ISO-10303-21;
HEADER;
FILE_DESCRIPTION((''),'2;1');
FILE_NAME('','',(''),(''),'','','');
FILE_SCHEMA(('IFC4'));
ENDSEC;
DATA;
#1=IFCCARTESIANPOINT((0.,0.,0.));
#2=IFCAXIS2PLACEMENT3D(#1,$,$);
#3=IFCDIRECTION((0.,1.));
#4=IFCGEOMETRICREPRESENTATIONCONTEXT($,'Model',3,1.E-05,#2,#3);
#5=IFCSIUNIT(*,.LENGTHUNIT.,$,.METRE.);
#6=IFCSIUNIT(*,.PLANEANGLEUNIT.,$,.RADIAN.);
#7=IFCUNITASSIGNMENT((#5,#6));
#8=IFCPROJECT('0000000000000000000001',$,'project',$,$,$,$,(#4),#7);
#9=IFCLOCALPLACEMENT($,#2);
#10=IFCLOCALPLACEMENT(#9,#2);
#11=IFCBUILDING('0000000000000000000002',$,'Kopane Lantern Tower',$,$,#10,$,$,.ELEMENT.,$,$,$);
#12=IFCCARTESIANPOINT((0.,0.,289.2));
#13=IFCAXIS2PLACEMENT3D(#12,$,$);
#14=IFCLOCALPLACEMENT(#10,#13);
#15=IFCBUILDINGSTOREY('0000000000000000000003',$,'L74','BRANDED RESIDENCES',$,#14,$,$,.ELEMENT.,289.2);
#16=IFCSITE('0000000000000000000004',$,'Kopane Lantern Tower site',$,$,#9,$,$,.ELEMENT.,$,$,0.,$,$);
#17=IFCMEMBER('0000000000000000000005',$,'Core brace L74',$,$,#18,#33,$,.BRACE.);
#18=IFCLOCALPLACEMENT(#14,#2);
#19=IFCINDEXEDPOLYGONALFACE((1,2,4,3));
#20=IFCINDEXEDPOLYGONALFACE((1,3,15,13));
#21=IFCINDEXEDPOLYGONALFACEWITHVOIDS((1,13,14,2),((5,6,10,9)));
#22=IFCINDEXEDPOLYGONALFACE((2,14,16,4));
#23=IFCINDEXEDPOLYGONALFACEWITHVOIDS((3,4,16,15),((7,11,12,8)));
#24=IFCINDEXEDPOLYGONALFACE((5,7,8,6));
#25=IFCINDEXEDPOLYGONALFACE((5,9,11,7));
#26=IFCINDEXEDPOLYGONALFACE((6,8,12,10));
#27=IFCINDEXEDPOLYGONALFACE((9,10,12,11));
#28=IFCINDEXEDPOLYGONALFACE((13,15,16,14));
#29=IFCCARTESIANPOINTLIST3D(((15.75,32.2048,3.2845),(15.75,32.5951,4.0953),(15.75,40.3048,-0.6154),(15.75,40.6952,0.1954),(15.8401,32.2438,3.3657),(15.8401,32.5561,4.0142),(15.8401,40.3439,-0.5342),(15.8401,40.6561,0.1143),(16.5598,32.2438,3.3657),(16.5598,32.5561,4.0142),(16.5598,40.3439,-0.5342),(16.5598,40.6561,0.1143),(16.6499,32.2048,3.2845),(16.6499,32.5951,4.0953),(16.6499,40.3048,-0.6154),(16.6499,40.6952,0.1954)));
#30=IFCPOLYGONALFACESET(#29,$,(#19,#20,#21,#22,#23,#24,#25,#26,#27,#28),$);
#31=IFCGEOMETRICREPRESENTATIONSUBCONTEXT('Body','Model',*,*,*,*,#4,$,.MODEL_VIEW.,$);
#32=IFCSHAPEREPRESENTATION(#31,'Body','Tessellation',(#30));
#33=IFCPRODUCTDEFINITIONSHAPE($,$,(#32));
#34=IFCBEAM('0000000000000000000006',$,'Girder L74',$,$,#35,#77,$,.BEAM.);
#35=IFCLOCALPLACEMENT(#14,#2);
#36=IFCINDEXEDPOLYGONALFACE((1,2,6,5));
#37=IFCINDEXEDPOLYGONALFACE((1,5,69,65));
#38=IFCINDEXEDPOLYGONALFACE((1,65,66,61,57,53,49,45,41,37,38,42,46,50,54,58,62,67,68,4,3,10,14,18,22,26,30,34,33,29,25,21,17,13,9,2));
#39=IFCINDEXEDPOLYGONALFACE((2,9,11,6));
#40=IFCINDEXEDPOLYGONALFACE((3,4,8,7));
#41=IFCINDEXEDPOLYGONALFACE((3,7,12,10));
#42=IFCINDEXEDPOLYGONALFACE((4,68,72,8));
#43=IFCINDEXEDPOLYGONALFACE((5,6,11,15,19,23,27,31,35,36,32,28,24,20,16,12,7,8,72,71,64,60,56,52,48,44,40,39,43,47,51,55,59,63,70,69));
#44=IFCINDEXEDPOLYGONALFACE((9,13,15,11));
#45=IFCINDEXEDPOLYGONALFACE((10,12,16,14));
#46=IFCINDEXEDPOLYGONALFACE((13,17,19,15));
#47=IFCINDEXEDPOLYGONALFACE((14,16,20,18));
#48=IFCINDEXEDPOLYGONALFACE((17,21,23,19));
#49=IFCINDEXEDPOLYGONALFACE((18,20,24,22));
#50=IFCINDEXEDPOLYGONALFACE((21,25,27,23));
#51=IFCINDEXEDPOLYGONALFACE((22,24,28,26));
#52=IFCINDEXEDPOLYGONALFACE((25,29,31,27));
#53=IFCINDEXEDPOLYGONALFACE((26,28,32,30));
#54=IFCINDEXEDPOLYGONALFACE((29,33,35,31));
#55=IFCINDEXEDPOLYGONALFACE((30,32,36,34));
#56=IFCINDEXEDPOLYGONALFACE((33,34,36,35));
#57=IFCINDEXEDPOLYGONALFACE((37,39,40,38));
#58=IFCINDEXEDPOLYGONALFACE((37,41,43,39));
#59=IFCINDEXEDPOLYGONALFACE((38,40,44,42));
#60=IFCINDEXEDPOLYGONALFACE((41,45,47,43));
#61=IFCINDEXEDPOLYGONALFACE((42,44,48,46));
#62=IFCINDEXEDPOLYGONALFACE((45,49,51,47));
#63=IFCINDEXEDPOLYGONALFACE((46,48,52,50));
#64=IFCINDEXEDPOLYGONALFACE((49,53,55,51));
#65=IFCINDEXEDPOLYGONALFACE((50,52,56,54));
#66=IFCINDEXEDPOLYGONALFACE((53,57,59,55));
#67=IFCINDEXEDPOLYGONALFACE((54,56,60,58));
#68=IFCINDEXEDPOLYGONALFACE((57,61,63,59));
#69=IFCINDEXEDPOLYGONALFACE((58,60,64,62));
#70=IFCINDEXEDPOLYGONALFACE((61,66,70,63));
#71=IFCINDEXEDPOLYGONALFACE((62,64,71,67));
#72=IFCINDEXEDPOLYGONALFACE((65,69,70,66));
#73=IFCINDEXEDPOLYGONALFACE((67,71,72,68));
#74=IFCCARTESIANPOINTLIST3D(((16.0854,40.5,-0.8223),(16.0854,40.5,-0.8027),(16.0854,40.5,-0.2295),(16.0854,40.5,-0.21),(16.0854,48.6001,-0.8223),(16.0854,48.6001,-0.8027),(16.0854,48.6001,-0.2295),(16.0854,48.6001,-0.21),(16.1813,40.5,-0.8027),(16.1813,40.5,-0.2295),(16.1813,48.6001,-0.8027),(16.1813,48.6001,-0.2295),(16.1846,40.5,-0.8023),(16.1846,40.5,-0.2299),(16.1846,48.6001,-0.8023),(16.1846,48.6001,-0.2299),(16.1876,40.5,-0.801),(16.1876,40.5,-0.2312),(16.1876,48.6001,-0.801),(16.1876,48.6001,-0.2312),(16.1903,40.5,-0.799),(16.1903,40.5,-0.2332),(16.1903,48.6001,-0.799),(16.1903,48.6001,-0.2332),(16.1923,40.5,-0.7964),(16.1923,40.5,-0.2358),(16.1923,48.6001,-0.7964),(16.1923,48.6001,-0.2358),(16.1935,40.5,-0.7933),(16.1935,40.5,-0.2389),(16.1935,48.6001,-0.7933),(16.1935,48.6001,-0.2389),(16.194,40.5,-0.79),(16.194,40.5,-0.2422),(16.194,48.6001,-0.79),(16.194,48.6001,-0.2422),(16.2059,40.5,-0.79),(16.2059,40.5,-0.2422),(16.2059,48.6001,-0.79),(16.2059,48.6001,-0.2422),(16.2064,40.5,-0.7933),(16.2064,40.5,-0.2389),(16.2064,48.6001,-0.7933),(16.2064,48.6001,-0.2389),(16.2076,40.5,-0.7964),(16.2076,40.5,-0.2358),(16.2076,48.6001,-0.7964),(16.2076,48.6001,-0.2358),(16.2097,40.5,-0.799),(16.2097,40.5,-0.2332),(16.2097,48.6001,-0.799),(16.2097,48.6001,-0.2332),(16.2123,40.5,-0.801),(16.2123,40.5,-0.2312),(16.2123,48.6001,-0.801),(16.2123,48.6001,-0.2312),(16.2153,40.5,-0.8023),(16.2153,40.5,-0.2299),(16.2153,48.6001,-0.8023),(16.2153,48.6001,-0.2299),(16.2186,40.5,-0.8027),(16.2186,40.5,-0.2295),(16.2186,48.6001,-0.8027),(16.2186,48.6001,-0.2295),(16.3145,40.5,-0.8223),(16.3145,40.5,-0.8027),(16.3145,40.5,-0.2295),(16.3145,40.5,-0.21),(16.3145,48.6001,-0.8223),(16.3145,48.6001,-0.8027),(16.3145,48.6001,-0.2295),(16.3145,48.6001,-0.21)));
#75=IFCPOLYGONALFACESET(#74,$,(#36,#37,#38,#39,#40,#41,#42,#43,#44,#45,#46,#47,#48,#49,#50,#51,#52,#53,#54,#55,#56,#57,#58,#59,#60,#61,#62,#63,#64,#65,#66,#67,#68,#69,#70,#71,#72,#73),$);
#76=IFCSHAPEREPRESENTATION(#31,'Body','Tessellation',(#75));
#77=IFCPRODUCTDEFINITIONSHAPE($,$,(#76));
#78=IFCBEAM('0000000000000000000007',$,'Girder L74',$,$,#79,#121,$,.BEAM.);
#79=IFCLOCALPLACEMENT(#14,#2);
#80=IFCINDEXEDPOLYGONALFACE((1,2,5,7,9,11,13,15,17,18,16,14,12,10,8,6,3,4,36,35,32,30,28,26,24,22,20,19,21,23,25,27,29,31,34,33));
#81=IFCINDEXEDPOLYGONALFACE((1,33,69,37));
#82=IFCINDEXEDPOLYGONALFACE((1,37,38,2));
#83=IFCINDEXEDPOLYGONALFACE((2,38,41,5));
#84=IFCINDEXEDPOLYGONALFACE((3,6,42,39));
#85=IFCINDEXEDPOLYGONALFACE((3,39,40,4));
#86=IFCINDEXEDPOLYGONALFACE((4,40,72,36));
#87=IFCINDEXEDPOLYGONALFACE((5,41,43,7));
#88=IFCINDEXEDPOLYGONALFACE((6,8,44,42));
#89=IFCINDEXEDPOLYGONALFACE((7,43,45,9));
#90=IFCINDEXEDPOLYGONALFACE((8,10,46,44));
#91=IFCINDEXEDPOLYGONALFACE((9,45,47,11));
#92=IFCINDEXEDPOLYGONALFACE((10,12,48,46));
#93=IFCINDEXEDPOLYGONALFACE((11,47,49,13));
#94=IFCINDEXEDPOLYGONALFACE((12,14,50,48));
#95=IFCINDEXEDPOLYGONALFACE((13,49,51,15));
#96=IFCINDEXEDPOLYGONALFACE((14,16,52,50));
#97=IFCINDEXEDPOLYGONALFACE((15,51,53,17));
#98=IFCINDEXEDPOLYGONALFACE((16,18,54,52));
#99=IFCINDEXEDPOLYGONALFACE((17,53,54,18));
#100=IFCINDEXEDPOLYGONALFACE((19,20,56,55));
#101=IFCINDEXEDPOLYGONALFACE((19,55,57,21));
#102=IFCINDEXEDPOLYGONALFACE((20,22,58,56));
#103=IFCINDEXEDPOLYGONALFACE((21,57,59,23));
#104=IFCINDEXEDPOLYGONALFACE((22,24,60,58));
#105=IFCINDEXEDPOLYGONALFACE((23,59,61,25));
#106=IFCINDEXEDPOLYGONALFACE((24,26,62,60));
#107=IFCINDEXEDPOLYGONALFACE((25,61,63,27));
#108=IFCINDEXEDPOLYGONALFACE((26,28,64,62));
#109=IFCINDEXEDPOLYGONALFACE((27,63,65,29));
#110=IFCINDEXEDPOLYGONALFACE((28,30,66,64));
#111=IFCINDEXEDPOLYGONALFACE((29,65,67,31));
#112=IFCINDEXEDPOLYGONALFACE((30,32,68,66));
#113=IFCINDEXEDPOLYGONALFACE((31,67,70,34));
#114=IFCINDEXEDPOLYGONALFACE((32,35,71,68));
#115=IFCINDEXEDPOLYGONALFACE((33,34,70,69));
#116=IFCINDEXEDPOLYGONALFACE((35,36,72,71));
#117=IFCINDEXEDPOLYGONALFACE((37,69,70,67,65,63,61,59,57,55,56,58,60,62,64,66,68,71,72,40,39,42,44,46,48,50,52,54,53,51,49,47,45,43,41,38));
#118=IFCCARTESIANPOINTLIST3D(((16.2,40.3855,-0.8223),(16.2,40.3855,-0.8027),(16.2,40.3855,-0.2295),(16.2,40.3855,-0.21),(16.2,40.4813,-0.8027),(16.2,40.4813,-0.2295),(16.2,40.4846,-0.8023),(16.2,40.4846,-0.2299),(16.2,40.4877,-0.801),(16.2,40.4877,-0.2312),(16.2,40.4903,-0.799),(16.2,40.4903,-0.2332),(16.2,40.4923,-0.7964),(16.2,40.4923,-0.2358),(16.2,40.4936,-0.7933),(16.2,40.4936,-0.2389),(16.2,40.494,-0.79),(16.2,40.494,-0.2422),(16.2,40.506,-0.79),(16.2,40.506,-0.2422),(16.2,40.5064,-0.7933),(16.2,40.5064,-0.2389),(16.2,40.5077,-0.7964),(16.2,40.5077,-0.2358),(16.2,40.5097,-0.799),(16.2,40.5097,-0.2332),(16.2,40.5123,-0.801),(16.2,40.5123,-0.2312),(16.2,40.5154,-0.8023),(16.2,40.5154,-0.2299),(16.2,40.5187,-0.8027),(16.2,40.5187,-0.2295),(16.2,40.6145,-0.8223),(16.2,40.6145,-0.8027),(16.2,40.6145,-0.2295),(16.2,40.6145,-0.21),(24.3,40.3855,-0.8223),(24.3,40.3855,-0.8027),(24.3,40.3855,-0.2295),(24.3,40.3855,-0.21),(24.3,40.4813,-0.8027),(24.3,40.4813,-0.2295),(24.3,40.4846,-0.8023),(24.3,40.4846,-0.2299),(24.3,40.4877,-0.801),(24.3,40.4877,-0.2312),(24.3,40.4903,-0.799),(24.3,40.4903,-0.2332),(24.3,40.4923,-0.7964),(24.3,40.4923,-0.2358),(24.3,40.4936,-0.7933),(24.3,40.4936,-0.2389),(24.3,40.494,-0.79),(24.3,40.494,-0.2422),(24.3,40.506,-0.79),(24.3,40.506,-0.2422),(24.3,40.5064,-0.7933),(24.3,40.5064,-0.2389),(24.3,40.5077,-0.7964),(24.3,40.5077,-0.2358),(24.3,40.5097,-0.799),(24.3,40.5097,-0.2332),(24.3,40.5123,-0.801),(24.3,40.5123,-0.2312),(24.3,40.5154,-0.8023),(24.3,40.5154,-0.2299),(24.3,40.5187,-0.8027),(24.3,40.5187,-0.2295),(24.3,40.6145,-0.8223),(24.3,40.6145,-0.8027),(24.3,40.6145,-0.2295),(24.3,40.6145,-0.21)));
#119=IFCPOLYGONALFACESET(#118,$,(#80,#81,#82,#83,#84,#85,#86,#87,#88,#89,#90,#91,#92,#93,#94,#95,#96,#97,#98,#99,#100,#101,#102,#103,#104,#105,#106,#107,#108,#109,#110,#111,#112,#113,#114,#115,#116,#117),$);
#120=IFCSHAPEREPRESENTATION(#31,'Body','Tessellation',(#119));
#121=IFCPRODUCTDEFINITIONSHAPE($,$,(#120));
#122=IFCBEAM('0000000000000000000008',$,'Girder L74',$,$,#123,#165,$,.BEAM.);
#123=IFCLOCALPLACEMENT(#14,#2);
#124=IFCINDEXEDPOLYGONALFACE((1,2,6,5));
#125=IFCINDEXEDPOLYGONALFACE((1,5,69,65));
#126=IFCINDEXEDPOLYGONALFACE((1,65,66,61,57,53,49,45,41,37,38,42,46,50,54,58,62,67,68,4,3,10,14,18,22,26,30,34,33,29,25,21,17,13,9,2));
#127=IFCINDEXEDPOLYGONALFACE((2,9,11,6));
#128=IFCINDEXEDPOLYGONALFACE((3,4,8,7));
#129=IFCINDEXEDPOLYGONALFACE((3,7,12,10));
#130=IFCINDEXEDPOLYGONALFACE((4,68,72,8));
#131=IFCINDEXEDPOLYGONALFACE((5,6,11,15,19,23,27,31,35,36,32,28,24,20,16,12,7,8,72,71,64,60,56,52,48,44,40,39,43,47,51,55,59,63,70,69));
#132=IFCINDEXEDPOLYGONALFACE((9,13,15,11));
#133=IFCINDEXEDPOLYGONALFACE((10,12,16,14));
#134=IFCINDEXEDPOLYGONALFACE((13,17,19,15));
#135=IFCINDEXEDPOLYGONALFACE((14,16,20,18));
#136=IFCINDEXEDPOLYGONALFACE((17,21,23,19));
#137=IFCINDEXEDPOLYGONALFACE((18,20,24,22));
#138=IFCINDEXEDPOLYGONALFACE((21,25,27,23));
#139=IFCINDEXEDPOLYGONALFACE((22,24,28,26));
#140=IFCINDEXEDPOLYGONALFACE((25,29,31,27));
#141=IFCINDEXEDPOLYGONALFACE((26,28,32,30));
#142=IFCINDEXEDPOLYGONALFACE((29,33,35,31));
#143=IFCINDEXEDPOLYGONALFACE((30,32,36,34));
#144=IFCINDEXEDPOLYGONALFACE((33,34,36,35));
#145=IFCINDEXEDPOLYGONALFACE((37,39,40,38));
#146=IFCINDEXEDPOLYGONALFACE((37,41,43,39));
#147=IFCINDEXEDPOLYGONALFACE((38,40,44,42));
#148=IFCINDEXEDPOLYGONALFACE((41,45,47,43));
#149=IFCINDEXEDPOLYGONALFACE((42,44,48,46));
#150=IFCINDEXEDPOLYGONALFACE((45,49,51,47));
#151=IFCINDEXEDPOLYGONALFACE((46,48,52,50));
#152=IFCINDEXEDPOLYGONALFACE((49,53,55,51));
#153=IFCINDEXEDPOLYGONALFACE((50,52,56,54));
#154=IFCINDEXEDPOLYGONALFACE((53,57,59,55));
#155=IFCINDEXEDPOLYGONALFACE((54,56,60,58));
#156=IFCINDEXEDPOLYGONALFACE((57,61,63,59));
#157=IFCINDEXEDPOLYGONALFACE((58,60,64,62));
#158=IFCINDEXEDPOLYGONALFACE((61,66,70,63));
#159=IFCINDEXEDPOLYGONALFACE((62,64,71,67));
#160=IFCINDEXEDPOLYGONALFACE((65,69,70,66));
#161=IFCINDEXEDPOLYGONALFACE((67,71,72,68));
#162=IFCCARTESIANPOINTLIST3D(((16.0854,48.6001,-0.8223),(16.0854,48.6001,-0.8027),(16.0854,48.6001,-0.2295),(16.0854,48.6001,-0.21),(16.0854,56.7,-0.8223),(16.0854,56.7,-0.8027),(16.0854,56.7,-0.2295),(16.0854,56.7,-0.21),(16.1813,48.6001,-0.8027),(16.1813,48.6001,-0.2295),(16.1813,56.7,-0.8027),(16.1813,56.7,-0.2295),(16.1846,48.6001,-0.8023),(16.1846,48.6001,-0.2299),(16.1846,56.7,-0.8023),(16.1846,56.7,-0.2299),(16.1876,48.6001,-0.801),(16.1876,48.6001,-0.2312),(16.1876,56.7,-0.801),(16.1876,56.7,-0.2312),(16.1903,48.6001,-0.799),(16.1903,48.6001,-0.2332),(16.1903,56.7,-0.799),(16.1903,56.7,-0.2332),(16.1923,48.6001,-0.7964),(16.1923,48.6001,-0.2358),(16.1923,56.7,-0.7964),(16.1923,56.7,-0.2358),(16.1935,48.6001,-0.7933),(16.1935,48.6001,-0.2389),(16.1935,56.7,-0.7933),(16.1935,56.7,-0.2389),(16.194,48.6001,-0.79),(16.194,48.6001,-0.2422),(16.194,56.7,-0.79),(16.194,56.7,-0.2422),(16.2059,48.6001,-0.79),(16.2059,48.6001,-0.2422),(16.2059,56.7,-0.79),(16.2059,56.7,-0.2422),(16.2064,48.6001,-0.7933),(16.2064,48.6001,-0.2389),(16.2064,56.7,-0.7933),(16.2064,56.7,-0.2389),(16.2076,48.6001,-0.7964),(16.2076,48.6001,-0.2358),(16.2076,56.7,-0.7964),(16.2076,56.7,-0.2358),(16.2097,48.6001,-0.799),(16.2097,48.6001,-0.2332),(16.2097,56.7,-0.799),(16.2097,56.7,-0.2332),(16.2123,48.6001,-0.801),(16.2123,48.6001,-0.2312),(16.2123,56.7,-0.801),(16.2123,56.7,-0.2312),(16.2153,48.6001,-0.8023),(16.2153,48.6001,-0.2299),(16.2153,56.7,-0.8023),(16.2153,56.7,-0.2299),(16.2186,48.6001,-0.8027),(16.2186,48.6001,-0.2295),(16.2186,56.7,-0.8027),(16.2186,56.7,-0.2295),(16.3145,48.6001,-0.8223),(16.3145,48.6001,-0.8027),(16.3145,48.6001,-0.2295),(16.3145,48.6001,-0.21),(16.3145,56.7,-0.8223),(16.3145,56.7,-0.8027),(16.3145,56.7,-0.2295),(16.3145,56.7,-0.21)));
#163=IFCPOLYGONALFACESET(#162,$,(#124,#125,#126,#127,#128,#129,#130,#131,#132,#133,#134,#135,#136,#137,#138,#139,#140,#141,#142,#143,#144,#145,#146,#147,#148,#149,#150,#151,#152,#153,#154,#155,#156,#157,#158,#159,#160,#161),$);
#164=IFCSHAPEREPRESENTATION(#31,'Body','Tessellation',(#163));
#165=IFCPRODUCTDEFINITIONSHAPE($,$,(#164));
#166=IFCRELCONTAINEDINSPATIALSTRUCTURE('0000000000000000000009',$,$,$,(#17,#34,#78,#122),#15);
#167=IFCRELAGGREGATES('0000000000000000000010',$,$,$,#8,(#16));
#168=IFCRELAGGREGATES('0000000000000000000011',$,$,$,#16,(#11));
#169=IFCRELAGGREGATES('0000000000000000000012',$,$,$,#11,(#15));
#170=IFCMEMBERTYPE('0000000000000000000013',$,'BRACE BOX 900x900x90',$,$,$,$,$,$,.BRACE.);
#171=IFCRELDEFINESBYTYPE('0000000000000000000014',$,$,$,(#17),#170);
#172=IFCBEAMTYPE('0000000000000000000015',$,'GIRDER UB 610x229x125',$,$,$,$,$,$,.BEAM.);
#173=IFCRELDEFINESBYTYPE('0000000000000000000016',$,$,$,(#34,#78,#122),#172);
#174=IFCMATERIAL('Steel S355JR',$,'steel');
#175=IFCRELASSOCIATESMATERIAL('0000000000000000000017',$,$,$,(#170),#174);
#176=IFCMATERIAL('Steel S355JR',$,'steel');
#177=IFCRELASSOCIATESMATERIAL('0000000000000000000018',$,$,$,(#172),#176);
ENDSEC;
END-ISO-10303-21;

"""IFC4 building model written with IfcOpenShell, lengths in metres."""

from ifc_helpers import new_model, si_unit, direction, frame, origin, origin_2d, place, context, subcontext, project, spatial, hollow_rectangle, i_section, extrude, material, material_profile, profile_set, type_object, element, save


model = new_model("IFC4")

# Units and contexts
model_context = context("Model", 3, precision=1e-05, world=origin(), true_north=direction((0.0, 1.0)))
body_context = subcontext(model_context, "Body", "Model", "MODEL_VIEW")
ifc_project = project(units=[si_unit("LENGTHUNIT", "METRE"), si_unit("PLANEANGLEUNIT", "RADIAN")], contexts=[model_context])

# Site, building, storey
site_placement = place(None, origin())
site = spatial("IfcSite", under=ifc_project, at=site_placement, Name="Kopane Lantern Tower site", CompositionType="ELEMENT", RefElevation=0.0)
building_placement = place(site_placement, origin())
building = spatial("IfcBuilding", under=site, at=building_placement, Name="Kopane Lantern Tower", CompositionType="ELEMENT")
storey_placement = place(building_placement, frame((0.0, 0.0, 289.2)))
storey = spatial("IfcBuildingStorey", under=building, at=storey_placement, Name="L74", Description="BRANDED RESIDENCES", CompositionType="ELEMENT", Elevation=289.2)

# Member
ifc_material_1 = material(Name="Steel S355JR", Category="steel")
ifc_material_profile_1 = material_profile(ifc_material_1, hollow_rectangle(XDim=0.8999, YDim=0.8999, WallThickness=0.0901, at=origin_2d()), Name="BOX 900x900x90")
ifc_profile_set_1 = profile_set([ifc_material_profile_1], Name="Steel S355JR")
member_type_1 = type_object("IfcMemberType", Name="BRACE BOX 900x900x90", PredefinedType="BRACE", material=ifc_profile_set_1)
member_1_placement = place(storey_placement, frame((16.2, 40.5, -0.21), z_axis=(0.0, -0.901008, 0.433803), x_axis=(1.0, 0.0, 0.0)))
element("IfcMember", 1, at=member_1_placement, inside=storey, type_object=member_type_1, Name="Core brace L74", PredefinedType="BRACE", context=body_context, shape_type="SweptSolid", body=[
    extrude(hollow_rectangle(XDim=0.8999, YDim=0.8999, WallThickness=0.0901, at=origin_2d()), origin(), (0.0, 0.0, 1.0), 8.99),
])

# Beams
ifc_material_2 = material(Name="Steel S355JR", Category="steel")
ifc_material_profile_2 = material_profile(ifc_material_2, i_section(OverallWidth=0.229, OverallDepth=0.6123, WebThickness=0.012, FlangeThickness=0.0195, FilletRadius=0.0127, at=origin_2d()), Name="UB 610x229x125")
ifc_profile_set_2 = profile_set([ifc_material_profile_2], Name="Steel S355JR")
beam_type_1 = type_object("IfcBeamType", Name="GIRDER UB 610x229x125", PredefinedType="BEAM", material=ifc_profile_set_2)
for number, where, z_axis, x_axis, name in (
    (2, (16.2, 40.5, -0.5161), (0.0, 1.0, 0.0), (-1.0, 0.0, 0.0), "Girder L74"),
    (3, (16.2, 40.5, -0.5161), (1.0, 0.0, 0.0), (0.0, 1.0, 0.0), "Girder L74"),
):
    element("IfcBeam", number, at=place(storey_placement, frame(where, z_axis=z_axis, x_axis=x_axis)), inside=storey, type_object=beam_type_1, Name=name, PredefinedType="BEAM", context=body_context, shape_type="SweptSolid", body=[
        extrude(i_section(OverallWidth=0.229, OverallDepth=0.6123, WebThickness=0.012, FlangeThickness=0.0195, FilletRadius=0.0127, at=origin_2d()), origin(), (0.0, 0.0, 1.0), 8.1001),
    ])
beam_1_placement = place(storey_placement, frame((16.2, 48.6001, -0.5161), z_axis=(0.0, 1.0, 0.0), x_axis=(-1.0, 0.0, 0.0)))
element("IfcBeam", 4, at=beam_1_placement, inside=storey, type_object=beam_type_1, Name="Girder L74", PredefinedType="BEAM", context=body_context, shape_type="SweptSolid", body=[
    extrude(i_section(OverallWidth=0.229, OverallDepth=0.6123, WebThickness=0.012, FlangeThickness=0.0195, FilletRadius=0.0127, at=origin_2d()), origin(), (0.0, 0.0, 1.0), 8.0999),
])

save(model, "model.ifc")
